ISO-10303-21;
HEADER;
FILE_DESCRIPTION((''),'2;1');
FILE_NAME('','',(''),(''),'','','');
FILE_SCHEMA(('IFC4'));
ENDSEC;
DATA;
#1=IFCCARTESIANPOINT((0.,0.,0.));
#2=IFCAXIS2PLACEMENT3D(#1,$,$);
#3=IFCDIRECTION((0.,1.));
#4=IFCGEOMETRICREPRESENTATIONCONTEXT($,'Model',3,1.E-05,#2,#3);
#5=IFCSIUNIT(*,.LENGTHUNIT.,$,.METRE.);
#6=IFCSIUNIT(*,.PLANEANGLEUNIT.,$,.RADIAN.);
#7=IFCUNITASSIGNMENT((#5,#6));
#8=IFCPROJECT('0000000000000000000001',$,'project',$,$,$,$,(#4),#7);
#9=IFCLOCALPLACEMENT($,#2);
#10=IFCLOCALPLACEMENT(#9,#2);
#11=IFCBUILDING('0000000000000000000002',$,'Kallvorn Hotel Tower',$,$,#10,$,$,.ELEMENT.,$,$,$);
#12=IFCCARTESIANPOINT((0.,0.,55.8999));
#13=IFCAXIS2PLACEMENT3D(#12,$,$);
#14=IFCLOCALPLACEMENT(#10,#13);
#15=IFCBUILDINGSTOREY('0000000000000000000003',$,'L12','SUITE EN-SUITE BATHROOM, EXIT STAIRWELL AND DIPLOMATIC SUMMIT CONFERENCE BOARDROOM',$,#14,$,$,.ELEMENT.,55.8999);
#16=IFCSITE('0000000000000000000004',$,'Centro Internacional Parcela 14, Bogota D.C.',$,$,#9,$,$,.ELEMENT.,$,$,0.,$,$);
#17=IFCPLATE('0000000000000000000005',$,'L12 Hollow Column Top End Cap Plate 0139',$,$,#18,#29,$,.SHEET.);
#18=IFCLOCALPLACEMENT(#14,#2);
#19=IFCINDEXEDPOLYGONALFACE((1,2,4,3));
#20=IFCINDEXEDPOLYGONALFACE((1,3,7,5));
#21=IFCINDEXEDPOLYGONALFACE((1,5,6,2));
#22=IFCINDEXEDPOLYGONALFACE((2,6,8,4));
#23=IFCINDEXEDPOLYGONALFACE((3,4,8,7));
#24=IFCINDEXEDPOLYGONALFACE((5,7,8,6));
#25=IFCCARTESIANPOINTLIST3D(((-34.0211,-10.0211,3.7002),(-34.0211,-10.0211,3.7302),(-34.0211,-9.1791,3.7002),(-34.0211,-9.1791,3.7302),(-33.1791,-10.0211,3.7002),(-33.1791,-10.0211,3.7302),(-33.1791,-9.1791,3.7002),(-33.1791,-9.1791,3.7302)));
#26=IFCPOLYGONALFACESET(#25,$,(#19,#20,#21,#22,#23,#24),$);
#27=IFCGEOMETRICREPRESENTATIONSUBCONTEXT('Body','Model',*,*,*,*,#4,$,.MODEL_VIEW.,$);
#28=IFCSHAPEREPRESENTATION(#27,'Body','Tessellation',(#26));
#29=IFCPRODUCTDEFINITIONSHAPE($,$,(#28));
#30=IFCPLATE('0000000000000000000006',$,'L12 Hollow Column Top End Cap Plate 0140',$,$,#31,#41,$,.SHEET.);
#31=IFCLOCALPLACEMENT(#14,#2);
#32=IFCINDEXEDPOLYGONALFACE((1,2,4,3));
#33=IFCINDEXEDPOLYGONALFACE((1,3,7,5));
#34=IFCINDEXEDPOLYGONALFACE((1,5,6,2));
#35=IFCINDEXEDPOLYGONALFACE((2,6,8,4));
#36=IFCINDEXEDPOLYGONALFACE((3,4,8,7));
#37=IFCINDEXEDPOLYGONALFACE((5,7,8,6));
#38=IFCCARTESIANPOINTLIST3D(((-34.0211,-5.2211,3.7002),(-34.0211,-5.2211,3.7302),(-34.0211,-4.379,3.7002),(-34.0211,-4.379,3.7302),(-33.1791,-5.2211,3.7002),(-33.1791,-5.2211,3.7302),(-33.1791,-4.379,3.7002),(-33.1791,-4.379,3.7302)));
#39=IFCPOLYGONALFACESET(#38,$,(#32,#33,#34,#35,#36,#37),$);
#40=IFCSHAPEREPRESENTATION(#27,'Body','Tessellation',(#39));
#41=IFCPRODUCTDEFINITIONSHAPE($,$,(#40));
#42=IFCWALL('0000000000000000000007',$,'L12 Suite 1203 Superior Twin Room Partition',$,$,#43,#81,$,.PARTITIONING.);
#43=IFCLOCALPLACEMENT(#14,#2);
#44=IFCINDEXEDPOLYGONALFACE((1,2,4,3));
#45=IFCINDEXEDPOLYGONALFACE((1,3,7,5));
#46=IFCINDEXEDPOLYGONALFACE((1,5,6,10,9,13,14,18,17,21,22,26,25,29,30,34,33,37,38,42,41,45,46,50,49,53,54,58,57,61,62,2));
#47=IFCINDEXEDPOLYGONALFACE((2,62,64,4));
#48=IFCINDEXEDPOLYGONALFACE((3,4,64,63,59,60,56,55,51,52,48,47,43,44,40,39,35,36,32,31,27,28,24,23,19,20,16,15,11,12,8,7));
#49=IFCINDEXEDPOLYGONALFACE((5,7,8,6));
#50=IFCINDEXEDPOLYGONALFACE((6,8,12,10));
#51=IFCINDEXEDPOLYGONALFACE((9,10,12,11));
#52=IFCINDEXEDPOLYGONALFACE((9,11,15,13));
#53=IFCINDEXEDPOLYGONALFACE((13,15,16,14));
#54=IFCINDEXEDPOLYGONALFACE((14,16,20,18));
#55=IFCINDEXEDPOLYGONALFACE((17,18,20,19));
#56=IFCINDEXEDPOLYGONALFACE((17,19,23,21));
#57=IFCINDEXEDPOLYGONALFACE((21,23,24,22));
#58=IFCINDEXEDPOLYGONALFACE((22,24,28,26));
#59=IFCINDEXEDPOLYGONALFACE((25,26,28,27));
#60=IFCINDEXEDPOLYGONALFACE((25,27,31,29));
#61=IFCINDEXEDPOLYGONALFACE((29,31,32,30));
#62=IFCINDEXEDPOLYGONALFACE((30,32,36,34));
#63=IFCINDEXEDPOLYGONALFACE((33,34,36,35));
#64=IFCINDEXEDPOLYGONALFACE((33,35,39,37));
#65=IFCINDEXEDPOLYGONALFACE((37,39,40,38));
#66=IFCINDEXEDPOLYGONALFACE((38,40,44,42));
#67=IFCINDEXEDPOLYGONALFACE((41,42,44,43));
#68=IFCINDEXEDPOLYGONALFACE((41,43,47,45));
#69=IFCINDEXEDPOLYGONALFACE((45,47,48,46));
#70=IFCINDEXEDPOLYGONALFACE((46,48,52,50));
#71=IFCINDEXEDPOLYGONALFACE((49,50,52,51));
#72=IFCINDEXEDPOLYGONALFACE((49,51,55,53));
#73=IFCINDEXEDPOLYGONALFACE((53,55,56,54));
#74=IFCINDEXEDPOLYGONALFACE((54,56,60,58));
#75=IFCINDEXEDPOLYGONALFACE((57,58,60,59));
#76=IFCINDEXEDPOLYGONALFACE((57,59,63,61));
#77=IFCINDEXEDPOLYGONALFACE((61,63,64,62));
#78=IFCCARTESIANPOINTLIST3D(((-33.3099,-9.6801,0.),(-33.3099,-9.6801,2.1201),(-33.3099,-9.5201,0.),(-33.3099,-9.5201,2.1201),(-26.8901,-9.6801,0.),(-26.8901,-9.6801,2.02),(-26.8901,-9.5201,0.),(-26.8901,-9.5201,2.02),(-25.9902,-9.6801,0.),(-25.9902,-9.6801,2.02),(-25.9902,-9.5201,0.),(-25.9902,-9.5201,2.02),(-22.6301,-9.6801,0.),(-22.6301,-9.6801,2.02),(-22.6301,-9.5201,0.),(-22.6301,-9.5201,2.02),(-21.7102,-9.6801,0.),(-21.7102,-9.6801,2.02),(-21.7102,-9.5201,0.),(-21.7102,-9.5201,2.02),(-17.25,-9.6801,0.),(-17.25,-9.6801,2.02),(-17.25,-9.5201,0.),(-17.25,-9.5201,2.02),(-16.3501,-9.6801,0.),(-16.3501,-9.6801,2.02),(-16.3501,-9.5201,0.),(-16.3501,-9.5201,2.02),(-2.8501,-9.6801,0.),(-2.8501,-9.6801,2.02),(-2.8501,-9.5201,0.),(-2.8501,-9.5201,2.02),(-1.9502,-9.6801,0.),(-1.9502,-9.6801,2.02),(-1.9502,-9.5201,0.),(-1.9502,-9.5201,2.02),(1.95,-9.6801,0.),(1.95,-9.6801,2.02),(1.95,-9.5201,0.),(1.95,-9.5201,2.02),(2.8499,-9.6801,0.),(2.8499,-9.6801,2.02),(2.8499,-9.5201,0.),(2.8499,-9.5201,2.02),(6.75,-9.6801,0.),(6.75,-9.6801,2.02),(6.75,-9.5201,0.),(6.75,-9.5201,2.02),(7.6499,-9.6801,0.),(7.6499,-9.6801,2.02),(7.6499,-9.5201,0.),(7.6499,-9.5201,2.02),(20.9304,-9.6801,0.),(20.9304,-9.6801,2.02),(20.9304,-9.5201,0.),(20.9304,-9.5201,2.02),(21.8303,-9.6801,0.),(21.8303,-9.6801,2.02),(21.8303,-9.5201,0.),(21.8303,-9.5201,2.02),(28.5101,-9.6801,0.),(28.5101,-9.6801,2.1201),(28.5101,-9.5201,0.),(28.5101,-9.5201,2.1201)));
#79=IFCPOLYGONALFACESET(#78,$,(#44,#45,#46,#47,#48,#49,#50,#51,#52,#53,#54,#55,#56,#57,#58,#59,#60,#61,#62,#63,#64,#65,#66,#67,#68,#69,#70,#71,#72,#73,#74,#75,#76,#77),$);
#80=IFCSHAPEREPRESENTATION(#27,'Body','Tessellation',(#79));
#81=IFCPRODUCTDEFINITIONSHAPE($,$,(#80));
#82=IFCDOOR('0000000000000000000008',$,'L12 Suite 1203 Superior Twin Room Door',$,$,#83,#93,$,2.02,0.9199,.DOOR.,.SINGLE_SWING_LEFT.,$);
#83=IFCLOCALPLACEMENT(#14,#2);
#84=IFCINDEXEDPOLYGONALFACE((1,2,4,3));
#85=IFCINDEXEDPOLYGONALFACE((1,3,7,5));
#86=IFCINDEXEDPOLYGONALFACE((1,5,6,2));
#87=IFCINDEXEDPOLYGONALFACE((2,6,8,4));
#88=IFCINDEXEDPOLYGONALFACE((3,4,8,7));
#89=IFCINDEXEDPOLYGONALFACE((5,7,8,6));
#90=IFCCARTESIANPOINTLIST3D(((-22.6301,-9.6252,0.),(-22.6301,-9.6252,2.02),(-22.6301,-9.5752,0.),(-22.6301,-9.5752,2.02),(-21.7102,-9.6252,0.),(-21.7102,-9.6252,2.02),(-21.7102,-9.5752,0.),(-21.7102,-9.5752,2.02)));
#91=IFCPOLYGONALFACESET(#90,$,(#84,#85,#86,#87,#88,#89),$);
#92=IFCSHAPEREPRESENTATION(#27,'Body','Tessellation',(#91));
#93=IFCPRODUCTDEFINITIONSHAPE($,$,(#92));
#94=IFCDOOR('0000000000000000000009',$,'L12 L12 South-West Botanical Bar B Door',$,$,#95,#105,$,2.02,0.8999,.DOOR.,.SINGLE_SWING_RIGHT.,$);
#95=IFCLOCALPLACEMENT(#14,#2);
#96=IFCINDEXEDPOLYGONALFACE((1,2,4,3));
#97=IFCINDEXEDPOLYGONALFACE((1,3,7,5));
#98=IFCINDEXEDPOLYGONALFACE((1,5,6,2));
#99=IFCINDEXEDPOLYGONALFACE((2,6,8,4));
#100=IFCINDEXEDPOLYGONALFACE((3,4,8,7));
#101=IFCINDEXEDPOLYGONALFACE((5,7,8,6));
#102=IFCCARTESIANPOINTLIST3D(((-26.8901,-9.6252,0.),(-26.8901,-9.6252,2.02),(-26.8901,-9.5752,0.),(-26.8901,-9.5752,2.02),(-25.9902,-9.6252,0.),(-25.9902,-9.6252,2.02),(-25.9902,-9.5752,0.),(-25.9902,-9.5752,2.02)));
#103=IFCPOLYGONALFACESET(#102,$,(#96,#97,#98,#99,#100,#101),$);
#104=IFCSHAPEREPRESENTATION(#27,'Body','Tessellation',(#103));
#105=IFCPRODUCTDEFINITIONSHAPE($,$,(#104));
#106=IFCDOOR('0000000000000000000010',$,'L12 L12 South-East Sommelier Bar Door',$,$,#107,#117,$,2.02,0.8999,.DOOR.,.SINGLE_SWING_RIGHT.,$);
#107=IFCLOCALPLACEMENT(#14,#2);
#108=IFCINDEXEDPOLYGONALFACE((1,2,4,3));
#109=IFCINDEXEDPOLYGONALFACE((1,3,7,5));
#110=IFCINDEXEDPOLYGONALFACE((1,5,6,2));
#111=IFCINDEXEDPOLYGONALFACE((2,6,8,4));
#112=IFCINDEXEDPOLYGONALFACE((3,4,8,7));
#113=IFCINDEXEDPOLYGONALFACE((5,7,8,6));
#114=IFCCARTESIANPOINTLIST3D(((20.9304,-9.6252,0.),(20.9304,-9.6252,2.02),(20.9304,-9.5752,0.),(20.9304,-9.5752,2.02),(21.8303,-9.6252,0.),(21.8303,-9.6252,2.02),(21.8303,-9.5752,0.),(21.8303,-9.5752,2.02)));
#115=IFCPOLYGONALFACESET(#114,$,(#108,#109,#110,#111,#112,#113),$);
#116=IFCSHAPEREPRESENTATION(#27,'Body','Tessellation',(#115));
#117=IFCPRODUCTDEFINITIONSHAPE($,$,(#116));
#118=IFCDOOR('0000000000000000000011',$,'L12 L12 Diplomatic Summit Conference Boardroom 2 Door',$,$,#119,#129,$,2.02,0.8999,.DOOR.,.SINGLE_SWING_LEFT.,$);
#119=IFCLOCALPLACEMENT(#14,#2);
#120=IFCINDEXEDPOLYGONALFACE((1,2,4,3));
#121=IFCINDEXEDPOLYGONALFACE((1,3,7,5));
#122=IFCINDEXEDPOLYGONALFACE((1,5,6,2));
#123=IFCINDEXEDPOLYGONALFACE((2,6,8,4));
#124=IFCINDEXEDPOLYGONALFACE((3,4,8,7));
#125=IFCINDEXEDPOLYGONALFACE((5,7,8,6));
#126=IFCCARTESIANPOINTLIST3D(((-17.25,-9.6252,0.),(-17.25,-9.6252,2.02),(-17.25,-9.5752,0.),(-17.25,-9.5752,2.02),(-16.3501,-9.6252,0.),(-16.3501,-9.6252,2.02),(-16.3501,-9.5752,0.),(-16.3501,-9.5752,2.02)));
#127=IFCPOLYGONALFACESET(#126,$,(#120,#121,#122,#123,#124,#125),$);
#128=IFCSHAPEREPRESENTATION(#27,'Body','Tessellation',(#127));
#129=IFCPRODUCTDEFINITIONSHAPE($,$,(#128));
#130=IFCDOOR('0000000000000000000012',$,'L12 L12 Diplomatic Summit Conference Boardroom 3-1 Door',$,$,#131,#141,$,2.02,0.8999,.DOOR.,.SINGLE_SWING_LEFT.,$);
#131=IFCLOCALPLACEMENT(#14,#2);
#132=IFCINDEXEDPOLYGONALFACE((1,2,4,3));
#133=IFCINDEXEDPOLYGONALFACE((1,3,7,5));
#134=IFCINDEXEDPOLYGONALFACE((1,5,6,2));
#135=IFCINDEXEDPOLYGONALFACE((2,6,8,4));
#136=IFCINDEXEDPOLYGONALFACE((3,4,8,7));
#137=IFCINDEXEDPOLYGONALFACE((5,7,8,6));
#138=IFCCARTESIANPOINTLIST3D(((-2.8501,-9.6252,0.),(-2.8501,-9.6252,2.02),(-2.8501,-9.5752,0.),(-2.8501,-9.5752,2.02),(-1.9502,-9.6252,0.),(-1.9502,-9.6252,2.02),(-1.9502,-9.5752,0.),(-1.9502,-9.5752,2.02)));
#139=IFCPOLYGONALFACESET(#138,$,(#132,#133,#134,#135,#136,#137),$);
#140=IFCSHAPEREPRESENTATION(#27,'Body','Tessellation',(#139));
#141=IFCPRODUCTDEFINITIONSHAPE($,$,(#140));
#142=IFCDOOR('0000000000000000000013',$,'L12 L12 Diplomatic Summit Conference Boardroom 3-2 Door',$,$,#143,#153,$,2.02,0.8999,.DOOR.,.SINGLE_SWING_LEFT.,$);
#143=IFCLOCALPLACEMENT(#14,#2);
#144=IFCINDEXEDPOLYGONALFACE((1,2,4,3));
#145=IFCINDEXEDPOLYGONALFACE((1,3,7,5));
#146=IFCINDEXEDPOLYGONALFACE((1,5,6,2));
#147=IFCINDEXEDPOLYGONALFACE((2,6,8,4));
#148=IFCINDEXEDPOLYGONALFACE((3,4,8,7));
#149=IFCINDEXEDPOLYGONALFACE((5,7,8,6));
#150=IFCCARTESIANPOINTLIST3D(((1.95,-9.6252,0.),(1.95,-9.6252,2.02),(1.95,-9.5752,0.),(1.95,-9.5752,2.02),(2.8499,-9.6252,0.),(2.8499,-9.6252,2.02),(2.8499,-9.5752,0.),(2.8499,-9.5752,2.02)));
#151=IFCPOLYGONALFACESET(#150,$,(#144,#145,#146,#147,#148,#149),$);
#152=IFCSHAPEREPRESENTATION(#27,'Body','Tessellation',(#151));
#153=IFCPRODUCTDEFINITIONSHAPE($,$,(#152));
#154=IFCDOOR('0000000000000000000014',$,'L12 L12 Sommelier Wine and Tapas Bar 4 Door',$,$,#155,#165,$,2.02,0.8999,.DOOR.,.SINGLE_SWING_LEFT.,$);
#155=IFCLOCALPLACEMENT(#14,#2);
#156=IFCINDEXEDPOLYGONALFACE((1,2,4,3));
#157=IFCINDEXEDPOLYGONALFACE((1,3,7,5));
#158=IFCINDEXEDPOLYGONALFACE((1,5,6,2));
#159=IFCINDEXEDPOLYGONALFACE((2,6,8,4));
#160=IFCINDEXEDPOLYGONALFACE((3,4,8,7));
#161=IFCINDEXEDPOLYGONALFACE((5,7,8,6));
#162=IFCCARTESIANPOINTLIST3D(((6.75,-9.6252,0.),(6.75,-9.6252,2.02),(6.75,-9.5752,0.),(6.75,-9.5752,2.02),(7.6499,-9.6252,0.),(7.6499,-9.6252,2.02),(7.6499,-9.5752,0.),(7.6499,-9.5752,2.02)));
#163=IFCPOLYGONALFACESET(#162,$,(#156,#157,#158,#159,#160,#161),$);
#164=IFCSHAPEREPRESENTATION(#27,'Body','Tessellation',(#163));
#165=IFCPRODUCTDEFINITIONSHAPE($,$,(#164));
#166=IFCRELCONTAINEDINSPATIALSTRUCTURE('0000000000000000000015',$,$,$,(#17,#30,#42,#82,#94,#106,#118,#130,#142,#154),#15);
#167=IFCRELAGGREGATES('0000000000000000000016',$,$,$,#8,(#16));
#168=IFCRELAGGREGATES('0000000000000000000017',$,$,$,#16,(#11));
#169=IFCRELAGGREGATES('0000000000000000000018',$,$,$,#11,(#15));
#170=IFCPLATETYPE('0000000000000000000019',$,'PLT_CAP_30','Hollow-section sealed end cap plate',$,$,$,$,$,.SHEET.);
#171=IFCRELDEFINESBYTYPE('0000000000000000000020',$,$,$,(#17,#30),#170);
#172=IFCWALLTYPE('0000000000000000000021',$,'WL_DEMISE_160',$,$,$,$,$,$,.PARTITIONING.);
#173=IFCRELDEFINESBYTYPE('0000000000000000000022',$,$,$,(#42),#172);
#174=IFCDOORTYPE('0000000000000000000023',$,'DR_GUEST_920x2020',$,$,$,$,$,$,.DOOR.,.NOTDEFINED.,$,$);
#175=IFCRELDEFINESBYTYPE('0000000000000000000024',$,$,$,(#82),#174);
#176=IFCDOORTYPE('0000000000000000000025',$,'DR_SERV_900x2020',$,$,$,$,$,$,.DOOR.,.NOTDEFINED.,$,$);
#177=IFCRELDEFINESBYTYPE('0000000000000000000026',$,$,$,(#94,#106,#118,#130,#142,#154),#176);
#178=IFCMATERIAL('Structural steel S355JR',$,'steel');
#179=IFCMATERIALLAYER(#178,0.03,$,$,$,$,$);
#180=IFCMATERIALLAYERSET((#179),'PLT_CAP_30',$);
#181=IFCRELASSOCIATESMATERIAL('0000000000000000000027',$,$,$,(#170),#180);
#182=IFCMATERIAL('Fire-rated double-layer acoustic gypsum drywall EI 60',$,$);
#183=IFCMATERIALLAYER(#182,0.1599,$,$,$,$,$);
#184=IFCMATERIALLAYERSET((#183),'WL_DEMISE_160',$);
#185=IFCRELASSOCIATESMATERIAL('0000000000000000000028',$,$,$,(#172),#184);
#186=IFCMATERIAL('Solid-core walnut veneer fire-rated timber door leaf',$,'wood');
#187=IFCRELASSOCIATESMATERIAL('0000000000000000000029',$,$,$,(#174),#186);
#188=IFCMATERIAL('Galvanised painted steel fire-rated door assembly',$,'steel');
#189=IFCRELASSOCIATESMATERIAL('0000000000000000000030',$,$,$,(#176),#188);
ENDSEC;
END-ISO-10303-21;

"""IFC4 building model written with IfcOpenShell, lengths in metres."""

from ifc_helpers import new_model, si_unit, direction, frame, frame_2d, origin, origin_2d, place, context, subcontext, project, spatial, rectangle, extrude, material, layer, layer_set, type_object, element, fill, save


model = new_model("IFC4")

# Units and contexts
model_context = context("Model", 3, precision=1e-05, world=origin(), true_north=direction((0.0, 1.0)))
body_context = subcontext(model_context, "Body", "Model", "MODEL_VIEW")
ifc_project = project(units=[si_unit("LENGTHUNIT", "METRE"), si_unit("PLANEANGLEUNIT", "RADIAN")], contexts=[model_context])

# Site, building, storey
site_placement = place(None, origin())
site = spatial("IfcSite", under=ifc_project, at=site_placement, Name="Centro Internacional Parcela 14, Bogota D.C.", CompositionType="ELEMENT", RefElevation=0.0)
building_placement = place(site_placement, origin())
building = spatial("IfcBuilding", under=site, at=building_placement, Name="Kallvorn Hotel Tower", CompositionType="ELEMENT")
storey_placement = place(building_placement, frame((0.0, 0.0, 55.8999)))
storey = spatial("IfcBuildingStorey", under=building, at=storey_placement, Name="L12", Description="SUITE EN-SUITE BATHROOM, EXIT STAIRWELL AND DIPLOMATIC SUMMIT CONFERENCE BOARDROOM", CompositionType="ELEMENT", Elevation=55.8999)

# Plates
ifc_material_1 = material(Name="Structural steel S355JR", Category="steel")
ifc_layer_1 = layer(ifc_material_1, 0.03)
ifc_layer_set_1 = layer_set([ifc_layer_1], Name="PLT_CAP_30")
plate_type = type_object("IfcPlateType", Name="PLT_CAP_30", Description="Hollow-section sealed end cap plate", PredefinedType="SHEET", material=ifc_layer_set_1)
for number, where, z_axis, x_axis, name in (
    (1, (-33.6001, -9.6001, 3.7002), (0.0, 0.0, 1.0), (1.0, 0.0, 0.0), "L12 Hollow Column Top End Cap Plate 0139"),
    (2, (-33.6001, -4.8, 3.7002), (0.0, 0.0, 1.0), (1.0, 0.0, 0.0), "L12 Hollow Column Top End Cap Plate 0140"),
):
    element("IfcPlate", number, at=place(storey_placement, frame(where, z_axis=z_axis, x_axis=x_axis)), inside=storey, type_object=plate_type, Name=name, PredefinedType="SHEET", context=body_context, shape_type="SweptSolid", body=[
        extrude(rectangle(XDim=0.842, YDim=0.842, at=origin_2d()), origin(), (0.0, 0.0, 1.0), 0.03),
    ])

# Wall, openings, doors
ifc_material_2 = material(Name="Fire-rated double-layer acoustic gypsum drywall EI 60")
ifc_layer_2 = layer(ifc_material_2, 0.1599)
ifc_layer_set_2 = layer_set([ifc_layer_2], Name="WL_DEMISE_160")
wall_type = type_object("IfcWallType", Name="WL_DEMISE_160", PredefinedType="PARTITIONING", material=ifc_layer_set_2)
wall_1_placement = place(storey_placement, frame((-33.3101, -9.6001, 0.0), z_axis=(0.0, 0.0, 1.0), x_axis=(1.0, 0.0, 0.0)))
wall_1 = element("IfcWall", 3, at=wall_1_placement, inside=storey, type_object=wall_type, Name="L12 Suite 1203 Superior Twin Room Partition", PredefinedType="PARTITIONING", context=body_context, shape_type="SweptSolid", body=[
    extrude(rectangle(XDim=61.8201, YDim=0.1599, at=frame_2d((30.9102, 0.0))), origin(), (0.0, 0.0, 1.0), 2.1201),
])
opening_1_placement = place(wall_1_placement, frame((6.4199, 0.0, 0.0)))
opening_1 = element("IfcOpeningElement", 4, at=opening_1_placement, cuts=wall_1, PredefinedType="OPENING", context=body_context, shape_type="SweptSolid", body=[
    extrude(rectangle(XDim=0.8999, YDim=2.02, at=frame_2d((0.45, 1.01))), frame((0.0, 0.095, 0.0), z_axis=(0.0, -1.0, 0.0), x_axis=(1.0, 0.0, 0.0)), (0.0, 0.0, 1.0), 0.1899),
])
opening_2_placement = place(wall_1_placement, frame((54.2405, 0.0, 0.0)))
opening_2 = element("IfcOpeningElement", 5, at=opening_2_placement, cuts=wall_1, PredefinedType="OPENING", context=body_context, shape_type="SweptSolid", body=[
    extrude(rectangle(XDim=0.8999, YDim=2.02, at=frame_2d((0.45, 1.01))), frame((0.0, 0.095, 0.0), z_axis=(0.0, -1.0, 0.0), x_axis=(1.0, 0.0, 0.0)), (0.0, 0.0, 1.0), 0.1899),
])
opening_3_placement = place(wall_1_placement, frame((10.6799, 0.0, 0.0)))
opening_3 = element("IfcOpeningElement", 6, at=opening_3_placement, cuts=wall_1, PredefinedType="OPENING", context=body_context, shape_type="SweptSolid", body=[
    extrude(rectangle(XDim=0.9199, YDim=2.02, at=frame_2d((0.46, 1.01))), frame((0.0, 0.095, 0.0), z_axis=(0.0, -1.0, 0.0), x_axis=(1.0, 0.0, 0.0)), (0.0, 0.0, 1.0), 0.1899),
])
opening_4_placement = place(wall_1_placement, frame((16.0601, 0.0, 0.0)))
opening_4 = element("IfcOpeningElement", 7, at=opening_4_placement, cuts=wall_1, PredefinedType="OPENING", context=body_context, shape_type="SweptSolid", body=[
    extrude(rectangle(XDim=0.8999, YDim=2.02, at=frame_2d((0.45, 1.01))), frame((0.0, 0.095, 0.0), z_axis=(0.0, -1.0, 0.0), x_axis=(1.0, 0.0, 0.0)), (0.0, 0.0, 1.0), 0.1899),
])
opening_5_placement = place(wall_1_placement, frame((30.46, 0.0, 0.0)))
opening_5 = element("IfcOpeningElement", 8, at=opening_5_placement, cuts=wall_1, PredefinedType="OPENING", context=body_context, shape_type="SweptSolid", body=[
    extrude(rectangle(XDim=0.8999, YDim=2.02, at=frame_2d((0.45, 1.01))), frame((0.0, 0.095, 0.0), z_axis=(0.0, -1.0, 0.0), x_axis=(1.0, 0.0, 0.0)), (0.0, 0.0, 1.0), 0.1899),
])
opening_6_placement = place(wall_1_placement, frame((35.26, 0.0, 0.0)))
opening_6 = element("IfcOpeningElement", 9, at=opening_6_placement, cuts=wall_1, PredefinedType="OPENING", context=body_context, shape_type="SweptSolid", body=[
    extrude(rectangle(XDim=0.8999, YDim=2.02, at=frame_2d((0.45, 1.01))), frame((0.0, 0.095, 0.0), z_axis=(0.0, -1.0, 0.0), x_axis=(1.0, 0.0, 0.0)), (0.0, 0.0, 1.0), 0.1899),
])
opening_7_placement = place(wall_1_placement, frame((40.0601, 0.0, 0.0)))
opening_7 = element("IfcOpeningElement", 10, at=opening_7_placement, cuts=wall_1, PredefinedType="OPENING", context=body_context, shape_type="SweptSolid", body=[
    extrude(rectangle(XDim=0.8999, YDim=2.02, at=frame_2d((0.45, 1.01))), frame((0.0, 0.095, 0.0), z_axis=(0.0, -1.0, 0.0), x_axis=(1.0, 0.0, 0.0)), (0.0, 0.0, 1.0), 0.1899),
])
ifc_material_3 = material(Name="Solid-core walnut veneer fire-rated timber door leaf", Category="wood")
door_type_1 = type_object("IfcDoorType", Name="DR_GUEST_920x2020", OperationType="NOTDEFINED", PredefinedType="DOOR", material=ifc_material_3)
door_1_placement = place(opening_3_placement, origin())
door_1 = element("IfcDoor", 11, at=door_1_placement, inside=storey, type_object=door_type_1, Name="L12 Suite 1203 Superior Twin Room Door", OperationType="SINGLE_SWING_LEFT", OverallHeight=2.02, OverallWidth=0.9199, PredefinedType="DOOR", context=body_context, shape_type="SweptSolid", body=[
    extrude(rectangle(XDim=0.9199, YDim=2.02, at=frame_2d((0.46, 1.01))), frame((0.0, 0.0249, 0.0), z_axis=(0.0, -1.0, 0.0), x_axis=(1.0, 0.0, 0.0)), (0.0, 0.0, 1.0), 0.05),
])
fill(opening_3, door_1)
ifc_material_4 = material(Name="Galvanised painted steel fire-rated door assembly", Category="steel")
door_type_2 = type_object("IfcDoorType", Name="DR_SERV_900x2020", OperationType="NOTDEFINED", PredefinedType="DOOR", material=ifc_material_4)
door_2_placement = place(opening_1_placement, origin())
door_2 = element("IfcDoor", 12, at=door_2_placement, inside=storey, type_object=door_type_2, Name="L12 L12 South-West Botanical Bar B Door", OperationType="SINGLE_SWING_RIGHT", OverallHeight=2.02, OverallWidth=0.8999, PredefinedType="DOOR", context=body_context, shape_type="SweptSolid", body=[
    extrude(rectangle(XDim=0.8999, YDim=2.02, at=frame_2d((0.45, 1.01))), frame((0.0, 0.0249, 0.0), z_axis=(0.0, -1.0, 0.0), x_axis=(1.0, 0.0, 0.0)), (0.0, 0.0, 1.0), 0.05),
])
fill(opening_1, door_2)
door_3_placement = place(opening_2_placement, origin())
door_3 = element("IfcDoor", 13, at=door_3_placement, inside=storey, type_object=door_type_2, Name="L12 L12 South-East Sommelier Bar Door", OperationType="SINGLE_SWING_RIGHT", OverallHeight=2.02, OverallWidth=0.8999, PredefinedType="DOOR", context=body_context, shape_type="SweptSolid", body=[
    extrude(rectangle(XDim=0.8999, YDim=2.02, at=frame_2d((0.45, 1.01))), frame((0.0, 0.0249, 0.0), z_axis=(0.0, -1.0, 0.0), x_axis=(1.0, 0.0, 0.0)), (0.0, 0.0, 1.0), 0.05),
])
fill(opening_2, door_3)
door_4_placement = place(opening_4_placement, origin())
door_4 = element("IfcDoor", 14, at=door_4_placement, inside=storey, type_object=door_type_2, Name="L12 L12 Diplomatic Summit Conference Boardroom 2 Door", OperationType="SINGLE_SWING_LEFT", OverallHeight=2.02, OverallWidth=0.8999, PredefinedType="DOOR", context=body_context, shape_type="SweptSolid", body=[
    extrude(rectangle(XDim=0.8999, YDim=2.02, at=frame_2d((0.45, 1.01))), frame((0.0, 0.0249, 0.0), z_axis=(0.0, -1.0, 0.0), x_axis=(1.0, 0.0, 0.0)), (0.0, 0.0, 1.0), 0.05),
])
fill(opening_4, door_4)
door_5_placement = place(opening_5_placement, origin())
door_5 = element("IfcDoor", 15, at=door_5_placement, inside=storey, type_object=door_type_2, Name="L12 L12 Diplomatic Summit Conference Boardroom 3-1 Door", OperationType="SINGLE_SWING_LEFT", OverallHeight=2.02, OverallWidth=0.8999, PredefinedType="DOOR", context=body_context, shape_type="SweptSolid", body=[
    extrude(rectangle(XDim=0.8999, YDim=2.02, at=frame_2d((0.45, 1.01))), frame((0.0, 0.0249, 0.0), z_axis=(0.0, -1.0, 0.0), x_axis=(1.0, 0.0, 0.0)), (0.0, 0.0, 1.0), 0.05),
])
fill(opening_5, door_5)
door_6_placement = place(opening_6_placement, origin())
door_6 = element("IfcDoor", 16, at=door_6_placement, inside=storey, type_object=door_type_2, Name="L12 L12 Diplomatic Summit Conference Boardroom 3-2 Door", OperationType="SINGLE_SWING_LEFT", OverallHeight=2.02, OverallWidth=0.8999, PredefinedType="DOOR", context=body_context, shape_type="SweptSolid", body=[
    extrude(rectangle(XDim=0.8999, YDim=2.02, at=frame_2d((0.45, 1.01))), frame((0.0, 0.0249, 0.0), z_axis=(0.0, -1.0, 0.0), x_axis=(1.0, 0.0, 0.0)), (0.0, 0.0, 1.0), 0.05),
])
fill(opening_6, door_6)
door_7_placement = place(opening_7_placement, origin())
door_7 = element("IfcDoor", 17, at=door_7_placement, inside=storey, type_object=door_type_2, Name="L12 L12 Sommelier Wine and Tapas Bar 4 Door", OperationType="SINGLE_SWING_LEFT", OverallHeight=2.02, OverallWidth=0.8999, PredefinedType="DOOR", context=body_context, shape_type="SweptSolid", body=[
    extrude(rectangle(XDim=0.8999, YDim=2.02, at=frame_2d((0.45, 1.01))), frame((0.0, 0.0249, 0.0), z_axis=(0.0, -1.0, 0.0), x_axis=(1.0, 0.0, 0.0)), (0.0, 0.0, 1.0), 0.05),
])
fill(opening_7, door_7)

save(model, "model.ifc")
